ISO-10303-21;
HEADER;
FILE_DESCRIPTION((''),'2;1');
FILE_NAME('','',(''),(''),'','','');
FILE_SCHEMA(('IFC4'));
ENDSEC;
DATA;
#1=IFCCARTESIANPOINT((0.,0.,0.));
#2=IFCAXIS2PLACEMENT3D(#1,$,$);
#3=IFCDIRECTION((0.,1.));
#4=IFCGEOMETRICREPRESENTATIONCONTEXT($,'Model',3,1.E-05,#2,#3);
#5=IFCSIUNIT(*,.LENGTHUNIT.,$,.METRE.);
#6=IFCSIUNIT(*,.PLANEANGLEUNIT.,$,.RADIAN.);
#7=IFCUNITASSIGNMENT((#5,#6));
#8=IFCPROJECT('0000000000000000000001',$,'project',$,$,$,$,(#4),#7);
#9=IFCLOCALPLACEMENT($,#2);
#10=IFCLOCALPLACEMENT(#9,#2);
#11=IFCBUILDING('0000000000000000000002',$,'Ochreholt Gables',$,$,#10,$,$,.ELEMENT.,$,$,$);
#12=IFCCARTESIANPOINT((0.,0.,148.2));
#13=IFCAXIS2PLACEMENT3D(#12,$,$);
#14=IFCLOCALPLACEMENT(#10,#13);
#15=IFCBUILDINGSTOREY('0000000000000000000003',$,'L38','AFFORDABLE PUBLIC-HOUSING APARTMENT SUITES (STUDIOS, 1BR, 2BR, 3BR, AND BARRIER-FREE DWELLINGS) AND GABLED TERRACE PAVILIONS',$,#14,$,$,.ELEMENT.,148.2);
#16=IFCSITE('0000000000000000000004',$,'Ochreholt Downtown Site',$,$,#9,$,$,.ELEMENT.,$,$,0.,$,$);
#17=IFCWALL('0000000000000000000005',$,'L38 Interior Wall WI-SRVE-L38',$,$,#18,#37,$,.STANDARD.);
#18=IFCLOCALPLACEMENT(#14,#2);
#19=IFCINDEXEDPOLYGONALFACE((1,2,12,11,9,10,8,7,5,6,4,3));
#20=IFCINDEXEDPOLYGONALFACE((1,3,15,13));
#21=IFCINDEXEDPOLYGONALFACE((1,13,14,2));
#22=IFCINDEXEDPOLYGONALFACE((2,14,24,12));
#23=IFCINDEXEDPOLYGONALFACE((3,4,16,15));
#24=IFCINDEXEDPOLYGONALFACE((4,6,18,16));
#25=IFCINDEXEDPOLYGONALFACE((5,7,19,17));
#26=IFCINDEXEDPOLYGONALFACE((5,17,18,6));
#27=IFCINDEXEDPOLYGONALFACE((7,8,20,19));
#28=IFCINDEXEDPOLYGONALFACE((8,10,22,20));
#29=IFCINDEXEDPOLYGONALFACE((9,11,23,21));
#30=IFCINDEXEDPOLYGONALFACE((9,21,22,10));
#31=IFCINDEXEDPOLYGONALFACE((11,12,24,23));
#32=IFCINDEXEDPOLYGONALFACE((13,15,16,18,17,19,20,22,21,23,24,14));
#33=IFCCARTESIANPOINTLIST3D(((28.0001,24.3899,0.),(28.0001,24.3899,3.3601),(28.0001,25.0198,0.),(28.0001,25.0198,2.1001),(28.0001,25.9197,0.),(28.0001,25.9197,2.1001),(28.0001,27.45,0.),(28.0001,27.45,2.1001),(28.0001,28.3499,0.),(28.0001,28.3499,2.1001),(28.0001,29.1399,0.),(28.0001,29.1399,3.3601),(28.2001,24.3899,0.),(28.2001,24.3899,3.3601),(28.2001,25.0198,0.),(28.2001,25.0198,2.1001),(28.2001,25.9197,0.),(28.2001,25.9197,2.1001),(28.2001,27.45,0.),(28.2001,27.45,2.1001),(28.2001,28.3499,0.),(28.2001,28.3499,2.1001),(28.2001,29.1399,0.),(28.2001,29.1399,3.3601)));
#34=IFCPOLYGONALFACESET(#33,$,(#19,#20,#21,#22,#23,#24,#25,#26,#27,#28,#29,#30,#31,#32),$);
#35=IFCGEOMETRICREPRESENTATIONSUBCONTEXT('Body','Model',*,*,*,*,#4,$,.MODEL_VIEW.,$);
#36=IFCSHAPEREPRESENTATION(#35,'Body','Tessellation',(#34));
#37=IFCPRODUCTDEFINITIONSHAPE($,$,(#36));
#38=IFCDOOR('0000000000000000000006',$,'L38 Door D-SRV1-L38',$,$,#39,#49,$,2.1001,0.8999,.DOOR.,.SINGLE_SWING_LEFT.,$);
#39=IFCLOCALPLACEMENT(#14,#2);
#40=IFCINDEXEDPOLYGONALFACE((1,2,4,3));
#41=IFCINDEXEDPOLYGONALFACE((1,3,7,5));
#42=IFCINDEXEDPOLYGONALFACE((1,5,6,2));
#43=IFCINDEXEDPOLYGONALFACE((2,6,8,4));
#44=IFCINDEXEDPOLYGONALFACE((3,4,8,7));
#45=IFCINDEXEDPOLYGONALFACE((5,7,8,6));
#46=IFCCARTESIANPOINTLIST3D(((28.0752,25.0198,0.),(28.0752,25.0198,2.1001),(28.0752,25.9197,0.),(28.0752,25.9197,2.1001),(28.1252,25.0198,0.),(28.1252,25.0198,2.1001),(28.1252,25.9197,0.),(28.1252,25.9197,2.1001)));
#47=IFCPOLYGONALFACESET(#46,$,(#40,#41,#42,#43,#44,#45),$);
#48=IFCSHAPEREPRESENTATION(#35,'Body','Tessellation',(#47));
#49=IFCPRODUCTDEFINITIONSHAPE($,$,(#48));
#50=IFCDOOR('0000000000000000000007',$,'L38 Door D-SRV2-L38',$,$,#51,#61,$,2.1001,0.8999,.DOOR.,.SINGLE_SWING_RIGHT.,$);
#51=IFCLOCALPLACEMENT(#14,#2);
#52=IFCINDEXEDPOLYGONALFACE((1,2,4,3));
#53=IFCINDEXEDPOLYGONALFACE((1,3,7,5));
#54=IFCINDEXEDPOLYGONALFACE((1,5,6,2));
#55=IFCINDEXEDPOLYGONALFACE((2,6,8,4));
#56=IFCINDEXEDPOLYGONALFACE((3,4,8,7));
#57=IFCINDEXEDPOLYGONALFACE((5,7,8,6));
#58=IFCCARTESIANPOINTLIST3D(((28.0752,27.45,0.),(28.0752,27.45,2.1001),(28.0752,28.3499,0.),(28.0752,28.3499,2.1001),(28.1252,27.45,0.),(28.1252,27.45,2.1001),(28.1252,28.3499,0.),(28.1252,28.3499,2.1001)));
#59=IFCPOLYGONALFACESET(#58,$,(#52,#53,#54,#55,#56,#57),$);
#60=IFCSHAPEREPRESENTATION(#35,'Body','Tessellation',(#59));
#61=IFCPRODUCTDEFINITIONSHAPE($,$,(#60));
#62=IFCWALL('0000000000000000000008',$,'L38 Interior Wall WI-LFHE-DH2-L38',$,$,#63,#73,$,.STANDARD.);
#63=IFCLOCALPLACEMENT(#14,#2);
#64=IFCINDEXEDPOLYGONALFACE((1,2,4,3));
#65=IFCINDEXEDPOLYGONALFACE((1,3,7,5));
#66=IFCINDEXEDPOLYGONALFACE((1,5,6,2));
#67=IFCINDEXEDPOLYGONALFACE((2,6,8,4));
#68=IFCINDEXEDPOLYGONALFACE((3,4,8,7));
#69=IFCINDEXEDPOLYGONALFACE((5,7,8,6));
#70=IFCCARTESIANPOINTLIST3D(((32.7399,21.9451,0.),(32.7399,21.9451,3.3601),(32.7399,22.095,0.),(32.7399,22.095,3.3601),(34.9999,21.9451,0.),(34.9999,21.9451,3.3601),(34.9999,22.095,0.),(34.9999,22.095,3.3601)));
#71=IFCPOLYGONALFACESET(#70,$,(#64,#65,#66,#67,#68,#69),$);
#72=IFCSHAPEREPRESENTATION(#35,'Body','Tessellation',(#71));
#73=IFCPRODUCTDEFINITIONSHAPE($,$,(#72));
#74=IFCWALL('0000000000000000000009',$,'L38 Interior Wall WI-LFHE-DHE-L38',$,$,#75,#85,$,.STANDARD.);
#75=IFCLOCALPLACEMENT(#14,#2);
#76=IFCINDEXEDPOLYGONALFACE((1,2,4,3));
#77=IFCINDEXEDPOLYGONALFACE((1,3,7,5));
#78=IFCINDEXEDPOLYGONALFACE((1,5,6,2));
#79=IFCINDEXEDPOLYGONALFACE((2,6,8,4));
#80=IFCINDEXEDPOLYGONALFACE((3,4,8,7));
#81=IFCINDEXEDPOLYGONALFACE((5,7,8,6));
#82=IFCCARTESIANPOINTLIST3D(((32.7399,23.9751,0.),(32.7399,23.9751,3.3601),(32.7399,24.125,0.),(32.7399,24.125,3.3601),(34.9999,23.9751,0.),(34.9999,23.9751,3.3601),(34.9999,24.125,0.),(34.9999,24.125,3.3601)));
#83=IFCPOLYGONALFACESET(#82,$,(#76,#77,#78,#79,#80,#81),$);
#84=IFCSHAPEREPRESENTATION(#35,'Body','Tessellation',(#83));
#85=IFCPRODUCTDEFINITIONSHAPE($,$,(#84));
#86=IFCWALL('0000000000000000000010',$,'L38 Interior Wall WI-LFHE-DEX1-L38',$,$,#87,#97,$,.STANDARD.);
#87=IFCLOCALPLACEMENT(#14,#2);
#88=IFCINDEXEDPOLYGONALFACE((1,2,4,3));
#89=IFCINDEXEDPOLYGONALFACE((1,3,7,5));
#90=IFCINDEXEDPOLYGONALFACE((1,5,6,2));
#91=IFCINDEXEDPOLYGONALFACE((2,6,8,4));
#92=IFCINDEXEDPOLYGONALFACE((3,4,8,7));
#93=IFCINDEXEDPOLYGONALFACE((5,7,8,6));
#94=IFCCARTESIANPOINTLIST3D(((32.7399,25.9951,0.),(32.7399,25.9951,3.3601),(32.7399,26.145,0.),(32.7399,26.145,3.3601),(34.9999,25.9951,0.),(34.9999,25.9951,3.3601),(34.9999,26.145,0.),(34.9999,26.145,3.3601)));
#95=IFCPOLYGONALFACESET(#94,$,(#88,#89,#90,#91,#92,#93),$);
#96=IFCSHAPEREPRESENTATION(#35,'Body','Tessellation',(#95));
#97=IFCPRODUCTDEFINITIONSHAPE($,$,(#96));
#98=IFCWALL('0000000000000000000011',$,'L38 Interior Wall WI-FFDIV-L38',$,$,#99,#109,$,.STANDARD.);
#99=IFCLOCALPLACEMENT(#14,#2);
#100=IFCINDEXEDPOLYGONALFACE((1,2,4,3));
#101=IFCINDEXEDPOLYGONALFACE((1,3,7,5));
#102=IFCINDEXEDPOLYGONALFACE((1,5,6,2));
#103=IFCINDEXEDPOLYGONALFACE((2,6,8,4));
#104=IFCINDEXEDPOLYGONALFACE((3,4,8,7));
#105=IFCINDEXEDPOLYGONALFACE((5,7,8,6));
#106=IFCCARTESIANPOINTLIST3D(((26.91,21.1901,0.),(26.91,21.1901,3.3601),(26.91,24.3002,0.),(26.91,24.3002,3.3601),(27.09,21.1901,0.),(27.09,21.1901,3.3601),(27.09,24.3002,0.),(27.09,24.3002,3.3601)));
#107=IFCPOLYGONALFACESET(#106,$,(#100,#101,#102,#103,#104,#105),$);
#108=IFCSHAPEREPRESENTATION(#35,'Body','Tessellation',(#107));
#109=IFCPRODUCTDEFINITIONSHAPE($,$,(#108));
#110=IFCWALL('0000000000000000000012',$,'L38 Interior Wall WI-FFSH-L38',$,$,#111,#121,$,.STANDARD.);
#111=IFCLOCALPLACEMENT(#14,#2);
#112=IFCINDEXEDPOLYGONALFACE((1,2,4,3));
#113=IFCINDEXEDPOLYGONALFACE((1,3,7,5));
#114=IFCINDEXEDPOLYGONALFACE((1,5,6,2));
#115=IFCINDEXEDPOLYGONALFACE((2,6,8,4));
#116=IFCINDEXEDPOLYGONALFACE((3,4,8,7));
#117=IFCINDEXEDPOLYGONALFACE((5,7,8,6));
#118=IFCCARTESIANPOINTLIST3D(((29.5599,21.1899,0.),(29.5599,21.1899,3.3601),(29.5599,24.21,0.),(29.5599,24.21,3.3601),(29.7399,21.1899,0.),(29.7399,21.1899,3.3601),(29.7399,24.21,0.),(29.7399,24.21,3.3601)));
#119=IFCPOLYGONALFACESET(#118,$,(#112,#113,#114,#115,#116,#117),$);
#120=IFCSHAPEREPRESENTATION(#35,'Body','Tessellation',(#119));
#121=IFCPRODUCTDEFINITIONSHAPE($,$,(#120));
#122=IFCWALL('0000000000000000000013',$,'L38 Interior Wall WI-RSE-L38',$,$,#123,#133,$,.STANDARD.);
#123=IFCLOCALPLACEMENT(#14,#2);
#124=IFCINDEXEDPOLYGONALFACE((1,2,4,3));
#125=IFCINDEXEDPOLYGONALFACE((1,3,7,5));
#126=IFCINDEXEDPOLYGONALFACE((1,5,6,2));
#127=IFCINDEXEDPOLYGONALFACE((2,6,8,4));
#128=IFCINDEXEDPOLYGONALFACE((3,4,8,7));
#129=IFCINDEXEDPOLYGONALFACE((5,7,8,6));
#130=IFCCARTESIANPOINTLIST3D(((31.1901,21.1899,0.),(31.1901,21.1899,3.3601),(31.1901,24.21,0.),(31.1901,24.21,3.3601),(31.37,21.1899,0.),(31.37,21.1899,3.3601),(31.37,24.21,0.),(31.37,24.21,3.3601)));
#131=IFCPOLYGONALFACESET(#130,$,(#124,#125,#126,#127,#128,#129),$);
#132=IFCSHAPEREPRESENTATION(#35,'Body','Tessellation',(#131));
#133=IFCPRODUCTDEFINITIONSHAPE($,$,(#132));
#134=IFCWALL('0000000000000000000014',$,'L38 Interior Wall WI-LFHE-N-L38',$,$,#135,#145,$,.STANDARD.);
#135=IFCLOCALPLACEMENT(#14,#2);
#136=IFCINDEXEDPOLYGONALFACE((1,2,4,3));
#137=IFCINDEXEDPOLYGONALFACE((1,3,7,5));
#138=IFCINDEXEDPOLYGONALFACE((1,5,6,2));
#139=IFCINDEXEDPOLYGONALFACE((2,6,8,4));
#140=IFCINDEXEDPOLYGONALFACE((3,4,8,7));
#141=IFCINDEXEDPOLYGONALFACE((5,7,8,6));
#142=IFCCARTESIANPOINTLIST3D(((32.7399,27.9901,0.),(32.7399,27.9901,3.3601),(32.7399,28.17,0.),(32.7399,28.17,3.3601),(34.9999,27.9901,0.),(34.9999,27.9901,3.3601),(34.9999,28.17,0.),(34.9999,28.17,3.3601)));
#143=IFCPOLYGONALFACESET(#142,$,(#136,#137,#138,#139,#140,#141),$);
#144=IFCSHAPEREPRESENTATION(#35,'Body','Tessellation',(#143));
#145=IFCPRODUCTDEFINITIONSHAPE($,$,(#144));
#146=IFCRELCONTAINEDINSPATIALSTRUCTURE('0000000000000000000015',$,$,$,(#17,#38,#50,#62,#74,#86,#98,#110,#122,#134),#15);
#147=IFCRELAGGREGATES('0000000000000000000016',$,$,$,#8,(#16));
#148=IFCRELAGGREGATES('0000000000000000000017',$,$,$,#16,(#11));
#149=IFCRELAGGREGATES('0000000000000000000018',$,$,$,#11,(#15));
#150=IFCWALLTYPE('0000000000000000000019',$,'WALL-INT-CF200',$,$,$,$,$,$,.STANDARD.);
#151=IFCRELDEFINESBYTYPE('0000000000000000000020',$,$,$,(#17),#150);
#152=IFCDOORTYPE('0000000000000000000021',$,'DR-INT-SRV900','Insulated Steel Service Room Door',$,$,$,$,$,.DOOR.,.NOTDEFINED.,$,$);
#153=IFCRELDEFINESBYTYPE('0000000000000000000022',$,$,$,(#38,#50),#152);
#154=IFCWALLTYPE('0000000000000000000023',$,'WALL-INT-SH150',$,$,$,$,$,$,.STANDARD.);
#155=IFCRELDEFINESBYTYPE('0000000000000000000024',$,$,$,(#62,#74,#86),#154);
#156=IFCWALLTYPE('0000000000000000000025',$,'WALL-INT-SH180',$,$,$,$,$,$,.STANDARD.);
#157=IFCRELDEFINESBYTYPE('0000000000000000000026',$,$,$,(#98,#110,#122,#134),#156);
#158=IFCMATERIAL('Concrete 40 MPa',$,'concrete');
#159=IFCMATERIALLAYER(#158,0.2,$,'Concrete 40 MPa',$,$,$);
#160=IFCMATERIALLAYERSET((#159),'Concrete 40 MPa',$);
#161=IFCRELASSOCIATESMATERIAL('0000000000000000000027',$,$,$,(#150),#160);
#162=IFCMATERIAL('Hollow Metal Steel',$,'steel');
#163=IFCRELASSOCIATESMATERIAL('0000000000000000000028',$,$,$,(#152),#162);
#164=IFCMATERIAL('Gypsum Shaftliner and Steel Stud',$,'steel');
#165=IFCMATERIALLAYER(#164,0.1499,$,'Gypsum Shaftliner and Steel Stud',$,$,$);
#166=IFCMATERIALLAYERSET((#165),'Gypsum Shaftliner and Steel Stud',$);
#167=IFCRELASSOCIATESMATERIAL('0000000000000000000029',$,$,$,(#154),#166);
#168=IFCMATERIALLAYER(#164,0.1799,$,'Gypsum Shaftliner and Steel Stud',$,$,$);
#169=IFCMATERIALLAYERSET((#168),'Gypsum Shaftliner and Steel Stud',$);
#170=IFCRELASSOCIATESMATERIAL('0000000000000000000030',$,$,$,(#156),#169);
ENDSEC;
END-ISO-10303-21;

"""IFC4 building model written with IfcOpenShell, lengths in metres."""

from ifc_helpers import new_model, si_unit, direction, frame, frame_2d, origin, place, context, subcontext, project, spatial, rectangle, extrude, material, layer, layer_set, type_object, element, fill, save


model = new_model("IFC4")

# Units and contexts
model_context = context("Model", 3, precision=1e-05, world=origin(), true_north=direction((0.0, 1.0)))
body_context = subcontext(model_context, "Body", "Model", "MODEL_VIEW")
ifc_project = project(units=[si_unit("LENGTHUNIT", "METRE"), si_unit("PLANEANGLEUNIT", "RADIAN")], contexts=[model_context])

# Site, building, storey
site_placement = place(None, origin())
site = spatial("IfcSite", under=ifc_project, at=site_placement, Name="Ochreholt Downtown Site", CompositionType="ELEMENT", RefElevation=0.0)
building_placement = place(site_placement, origin())
building = spatial("IfcBuilding", under=site, at=building_placement, Name="Ochreholt Gables", CompositionType="ELEMENT")
storey_placement = place(building_placement, frame((0.0, 0.0, 148.2)))
storey = spatial("IfcBuildingStorey", under=building, at=storey_placement, Name="L38", Description="AFFORDABLE PUBLIC-HOUSING APARTMENT SUITES (STUDIOS, 1BR, 2BR, 3BR, AND BARRIER-FREE DWELLINGS) AND GABLED TERRACE PAVILIONS", CompositionType="ELEMENT", Elevation=148.2)

# Wall, openings, doors
ifc_material_1 = material(Name="Concrete 40 MPa", Category="concrete")
ifc_layer_1 = layer(ifc_material_1, 0.2, Name="Concrete 40 MPa")
ifc_layer_set_1 = layer_set([ifc_layer_1], Name="Concrete 40 MPa")
wall_type_1 = type_object("IfcWallType", Name="WALL-INT-CF200", PredefinedType="STANDARD", material=ifc_layer_set_1)
wall_1_placement = place(storey_placement, frame((28.1001, 24.3899, 0.0), z_axis=(0.0, 0.0, 1.0), x_axis=(0.0, 1.0, 0.0)))
wall_1 = element("IfcWall", 1, at=wall_1_placement, inside=storey, type_object=wall_type_1, Name="L38 Interior Wall WI-SRVE-L38", PredefinedType="STANDARD", context=body_context, shape_type="SweptSolid", body=[
    extrude(rectangle(XDim=4.75, YDim=0.2, at=frame_2d((2.375, 0.0))), origin(), (0.0, 0.0, 1.0), 3.3601),
])
opening_1_placement = place(wall_1_placement, frame((0.6299, 0.0, 0.0)))
opening_1 = element("IfcOpeningElement", 2, at=opening_1_placement, cuts=wall_1, PredefinedType="OPENING", context=body_context, shape_type="SweptSolid", body=[
    extrude(rectangle(XDim=0.8999, YDim=2.1001, at=frame_2d((0.45, 1.05))), frame((0.0, 0.1099, 0.0), z_axis=(0.0, -1.0, 0.0), x_axis=(1.0, 0.0, 0.0)), (0.0, 0.0, 1.0), 0.22),
])
opening_2_placement = place(wall_1_placement, frame((3.0601, 0.0, 0.0)))
opening_2 = element("IfcOpeningElement", 3, at=opening_2_placement, cuts=wall_1, PredefinedType="OPENING", context=body_context, shape_type="SweptSolid", body=[
    extrude(rectangle(XDim=0.8999, YDim=2.1001, at=frame_2d((0.45, 1.05))), frame((0.0, 0.1099, 0.0), z_axis=(0.0, -1.0, 0.0), x_axis=(1.0, 0.0, 0.0)), (0.0, 0.0, 1.0), 0.22),
])
ifc_material_2 = material(Name="Hollow Metal Steel", Category="steel")
door_type_1 = type_object("IfcDoorType", Name="DR-INT-SRV900", Description="Insulated Steel Service Room Door", OperationType="NOTDEFINED", PredefinedType="DOOR", material=ifc_material_2)
door_1_placement = place(opening_1_placement, origin())
door_1 = element("IfcDoor", 4, at=door_1_placement, inside=storey, type_object=door_type_1, Name="L38 Door D-SRV1-L38", OperationType="SINGLE_SWING_LEFT", OverallHeight=2.1001, OverallWidth=0.8999, PredefinedType="DOOR", context=body_context, shape_type="SweptSolid", body=[
    extrude(rectangle(XDim=0.8999, YDim=2.1001, at=frame_2d((0.45, 1.05))), frame((0.0, 0.0249, 0.0), z_axis=(0.0, -1.0, 0.0), x_axis=(1.0, 0.0, 0.0)), (0.0, 0.0, 1.0), 0.05),
])
fill(opening_1, door_1)
door_2_placement = place(opening_2_placement, origin())
door_2 = element("IfcDoor", 5, at=door_2_placement, inside=storey, type_object=door_type_1, Name="L38 Door D-SRV2-L38", OperationType="SINGLE_SWING_RIGHT", OverallHeight=2.1001, OverallWidth=0.8999, PredefinedType="DOOR", context=body_context, shape_type="SweptSolid", body=[
    extrude(rectangle(XDim=0.8999, YDim=2.1001, at=frame_2d((0.45, 1.05))), frame((0.0, 0.0249, 0.0), z_axis=(0.0, -1.0, 0.0), x_axis=(1.0, 0.0, 0.0)), (0.0, 0.0, 1.0), 0.05),
])
fill(opening_2, door_2)

# Walls
ifc_material_3 = material(Name="Gypsum Shaftliner and Steel Stud", Category="steel")
ifc_layer_2 = layer(ifc_material_3, 0.1499, Name="Gypsum Shaftliner and Steel Stud")
ifc_layer_set_2 = layer_set([ifc_layer_2], Name="Gypsum Shaftliner and Steel Stud")
wall_type_2 = type_object("IfcWallType", Name="WALL-INT-SH150", PredefinedType="STANDARD", material=ifc_layer_set_2)
for number, where, z_axis, x_axis, name in (
    (6, (32.74, 22.02, 0.0), (0.0, 0.0, 1.0), (1.0, 0.0, 0.0), "L38 Interior Wall WI-LFHE-DH2-L38"),
    (7, (32.74, 24.05, 0.0), (0.0, 0.0, 1.0), (1.0, 0.0, 0.0), "L38 Interior Wall WI-LFHE-DHE-L38"),
    (8, (32.74, 26.0701, 0.0), (0.0, 0.0, 1.0), (1.0, 0.0, 0.0), "L38 Interior Wall WI-LFHE-DEX1-L38"),
):
    element("IfcWall", number, at=place(storey_placement, frame(where, z_axis=z_axis, x_axis=x_axis)), inside=storey, type_object=wall_type_2, Name=name, PredefinedType="STANDARD", context=body_context, shape_type="SweptSolid", body=[
        extrude(rectangle(XDim=2.26, YDim=0.1499, at=frame_2d((1.1299, 0.0))), origin(), (0.0, 0.0, 1.0), 3.3601),
    ])
ifc_layer_3 = layer(ifc_material_3, 0.1799, Name="Gypsum Shaftliner and Steel Stud")
ifc_layer_set_3 = layer_set([ifc_layer_3], Name="Gypsum Shaftliner and Steel Stud")
wall_type_3 = type_object("IfcWallType", Name="WALL-INT-SH180", PredefinedType="STANDARD", material=ifc_layer_set_3)
wall_2_placement = place(storey_placement, frame((27.0, 21.1899, 0.0), z_axis=(0.0, 0.0, 1.0), x_axis=(0.0, 1.0, 0.0)))
element("IfcWall", 9, at=wall_2_placement, inside=storey, type_object=wall_type_3, Name="L38 Interior Wall WI-FFDIV-L38", PredefinedType="STANDARD", context=body_context, shape_type="SweptSolid", body=[
    extrude(rectangle(XDim=3.1101, YDim=0.1799, at=frame_2d((1.5552, 0.0))), origin(), (0.0, 0.0, 1.0), 3.3601),
])
for number, where, z_axis, x_axis, name in (
    (10, (29.6499, 21.1899, 0.0), (0.0, 0.0, 1.0), (0.0, 1.0, 0.0), "L38 Interior Wall WI-FFSH-L38"),
    (11, (31.28, 21.1899, 0.0), (0.0, 0.0, 1.0), (0.0, 1.0, 0.0), "L38 Interior Wall WI-RSE-L38"),
):
    element("IfcWall", number, at=place(storey_placement, frame(where, z_axis=z_axis, x_axis=x_axis)), inside=storey, type_object=wall_type_3, Name=name, PredefinedType="STANDARD", context=body_context, shape_type="SweptSolid", body=[
        extrude(rectangle(XDim=3.02, YDim=0.1799, at=frame_2d((1.51, 0.0))), origin(), (0.0, 0.0, 1.0), 3.3601),
    ])
wall_3_placement = place(storey_placement, frame((32.74, 28.0801, 0.0), z_axis=(0.0, 0.0, 1.0), x_axis=(1.0, 0.0, 0.0)))
element("IfcWall", 12, at=wall_3_placement, inside=storey, type_object=wall_type_3, Name="L38 Interior Wall WI-LFHE-N-L38", PredefinedType="STANDARD", context=body_context, shape_type="SweptSolid", body=[
    extrude(rectangle(XDim=2.26, YDim=0.1799, at=frame_2d((1.1299, 0.0))), origin(), (0.0, 0.0, 1.0), 3.3601),
])

save(model, "model.ifc")
